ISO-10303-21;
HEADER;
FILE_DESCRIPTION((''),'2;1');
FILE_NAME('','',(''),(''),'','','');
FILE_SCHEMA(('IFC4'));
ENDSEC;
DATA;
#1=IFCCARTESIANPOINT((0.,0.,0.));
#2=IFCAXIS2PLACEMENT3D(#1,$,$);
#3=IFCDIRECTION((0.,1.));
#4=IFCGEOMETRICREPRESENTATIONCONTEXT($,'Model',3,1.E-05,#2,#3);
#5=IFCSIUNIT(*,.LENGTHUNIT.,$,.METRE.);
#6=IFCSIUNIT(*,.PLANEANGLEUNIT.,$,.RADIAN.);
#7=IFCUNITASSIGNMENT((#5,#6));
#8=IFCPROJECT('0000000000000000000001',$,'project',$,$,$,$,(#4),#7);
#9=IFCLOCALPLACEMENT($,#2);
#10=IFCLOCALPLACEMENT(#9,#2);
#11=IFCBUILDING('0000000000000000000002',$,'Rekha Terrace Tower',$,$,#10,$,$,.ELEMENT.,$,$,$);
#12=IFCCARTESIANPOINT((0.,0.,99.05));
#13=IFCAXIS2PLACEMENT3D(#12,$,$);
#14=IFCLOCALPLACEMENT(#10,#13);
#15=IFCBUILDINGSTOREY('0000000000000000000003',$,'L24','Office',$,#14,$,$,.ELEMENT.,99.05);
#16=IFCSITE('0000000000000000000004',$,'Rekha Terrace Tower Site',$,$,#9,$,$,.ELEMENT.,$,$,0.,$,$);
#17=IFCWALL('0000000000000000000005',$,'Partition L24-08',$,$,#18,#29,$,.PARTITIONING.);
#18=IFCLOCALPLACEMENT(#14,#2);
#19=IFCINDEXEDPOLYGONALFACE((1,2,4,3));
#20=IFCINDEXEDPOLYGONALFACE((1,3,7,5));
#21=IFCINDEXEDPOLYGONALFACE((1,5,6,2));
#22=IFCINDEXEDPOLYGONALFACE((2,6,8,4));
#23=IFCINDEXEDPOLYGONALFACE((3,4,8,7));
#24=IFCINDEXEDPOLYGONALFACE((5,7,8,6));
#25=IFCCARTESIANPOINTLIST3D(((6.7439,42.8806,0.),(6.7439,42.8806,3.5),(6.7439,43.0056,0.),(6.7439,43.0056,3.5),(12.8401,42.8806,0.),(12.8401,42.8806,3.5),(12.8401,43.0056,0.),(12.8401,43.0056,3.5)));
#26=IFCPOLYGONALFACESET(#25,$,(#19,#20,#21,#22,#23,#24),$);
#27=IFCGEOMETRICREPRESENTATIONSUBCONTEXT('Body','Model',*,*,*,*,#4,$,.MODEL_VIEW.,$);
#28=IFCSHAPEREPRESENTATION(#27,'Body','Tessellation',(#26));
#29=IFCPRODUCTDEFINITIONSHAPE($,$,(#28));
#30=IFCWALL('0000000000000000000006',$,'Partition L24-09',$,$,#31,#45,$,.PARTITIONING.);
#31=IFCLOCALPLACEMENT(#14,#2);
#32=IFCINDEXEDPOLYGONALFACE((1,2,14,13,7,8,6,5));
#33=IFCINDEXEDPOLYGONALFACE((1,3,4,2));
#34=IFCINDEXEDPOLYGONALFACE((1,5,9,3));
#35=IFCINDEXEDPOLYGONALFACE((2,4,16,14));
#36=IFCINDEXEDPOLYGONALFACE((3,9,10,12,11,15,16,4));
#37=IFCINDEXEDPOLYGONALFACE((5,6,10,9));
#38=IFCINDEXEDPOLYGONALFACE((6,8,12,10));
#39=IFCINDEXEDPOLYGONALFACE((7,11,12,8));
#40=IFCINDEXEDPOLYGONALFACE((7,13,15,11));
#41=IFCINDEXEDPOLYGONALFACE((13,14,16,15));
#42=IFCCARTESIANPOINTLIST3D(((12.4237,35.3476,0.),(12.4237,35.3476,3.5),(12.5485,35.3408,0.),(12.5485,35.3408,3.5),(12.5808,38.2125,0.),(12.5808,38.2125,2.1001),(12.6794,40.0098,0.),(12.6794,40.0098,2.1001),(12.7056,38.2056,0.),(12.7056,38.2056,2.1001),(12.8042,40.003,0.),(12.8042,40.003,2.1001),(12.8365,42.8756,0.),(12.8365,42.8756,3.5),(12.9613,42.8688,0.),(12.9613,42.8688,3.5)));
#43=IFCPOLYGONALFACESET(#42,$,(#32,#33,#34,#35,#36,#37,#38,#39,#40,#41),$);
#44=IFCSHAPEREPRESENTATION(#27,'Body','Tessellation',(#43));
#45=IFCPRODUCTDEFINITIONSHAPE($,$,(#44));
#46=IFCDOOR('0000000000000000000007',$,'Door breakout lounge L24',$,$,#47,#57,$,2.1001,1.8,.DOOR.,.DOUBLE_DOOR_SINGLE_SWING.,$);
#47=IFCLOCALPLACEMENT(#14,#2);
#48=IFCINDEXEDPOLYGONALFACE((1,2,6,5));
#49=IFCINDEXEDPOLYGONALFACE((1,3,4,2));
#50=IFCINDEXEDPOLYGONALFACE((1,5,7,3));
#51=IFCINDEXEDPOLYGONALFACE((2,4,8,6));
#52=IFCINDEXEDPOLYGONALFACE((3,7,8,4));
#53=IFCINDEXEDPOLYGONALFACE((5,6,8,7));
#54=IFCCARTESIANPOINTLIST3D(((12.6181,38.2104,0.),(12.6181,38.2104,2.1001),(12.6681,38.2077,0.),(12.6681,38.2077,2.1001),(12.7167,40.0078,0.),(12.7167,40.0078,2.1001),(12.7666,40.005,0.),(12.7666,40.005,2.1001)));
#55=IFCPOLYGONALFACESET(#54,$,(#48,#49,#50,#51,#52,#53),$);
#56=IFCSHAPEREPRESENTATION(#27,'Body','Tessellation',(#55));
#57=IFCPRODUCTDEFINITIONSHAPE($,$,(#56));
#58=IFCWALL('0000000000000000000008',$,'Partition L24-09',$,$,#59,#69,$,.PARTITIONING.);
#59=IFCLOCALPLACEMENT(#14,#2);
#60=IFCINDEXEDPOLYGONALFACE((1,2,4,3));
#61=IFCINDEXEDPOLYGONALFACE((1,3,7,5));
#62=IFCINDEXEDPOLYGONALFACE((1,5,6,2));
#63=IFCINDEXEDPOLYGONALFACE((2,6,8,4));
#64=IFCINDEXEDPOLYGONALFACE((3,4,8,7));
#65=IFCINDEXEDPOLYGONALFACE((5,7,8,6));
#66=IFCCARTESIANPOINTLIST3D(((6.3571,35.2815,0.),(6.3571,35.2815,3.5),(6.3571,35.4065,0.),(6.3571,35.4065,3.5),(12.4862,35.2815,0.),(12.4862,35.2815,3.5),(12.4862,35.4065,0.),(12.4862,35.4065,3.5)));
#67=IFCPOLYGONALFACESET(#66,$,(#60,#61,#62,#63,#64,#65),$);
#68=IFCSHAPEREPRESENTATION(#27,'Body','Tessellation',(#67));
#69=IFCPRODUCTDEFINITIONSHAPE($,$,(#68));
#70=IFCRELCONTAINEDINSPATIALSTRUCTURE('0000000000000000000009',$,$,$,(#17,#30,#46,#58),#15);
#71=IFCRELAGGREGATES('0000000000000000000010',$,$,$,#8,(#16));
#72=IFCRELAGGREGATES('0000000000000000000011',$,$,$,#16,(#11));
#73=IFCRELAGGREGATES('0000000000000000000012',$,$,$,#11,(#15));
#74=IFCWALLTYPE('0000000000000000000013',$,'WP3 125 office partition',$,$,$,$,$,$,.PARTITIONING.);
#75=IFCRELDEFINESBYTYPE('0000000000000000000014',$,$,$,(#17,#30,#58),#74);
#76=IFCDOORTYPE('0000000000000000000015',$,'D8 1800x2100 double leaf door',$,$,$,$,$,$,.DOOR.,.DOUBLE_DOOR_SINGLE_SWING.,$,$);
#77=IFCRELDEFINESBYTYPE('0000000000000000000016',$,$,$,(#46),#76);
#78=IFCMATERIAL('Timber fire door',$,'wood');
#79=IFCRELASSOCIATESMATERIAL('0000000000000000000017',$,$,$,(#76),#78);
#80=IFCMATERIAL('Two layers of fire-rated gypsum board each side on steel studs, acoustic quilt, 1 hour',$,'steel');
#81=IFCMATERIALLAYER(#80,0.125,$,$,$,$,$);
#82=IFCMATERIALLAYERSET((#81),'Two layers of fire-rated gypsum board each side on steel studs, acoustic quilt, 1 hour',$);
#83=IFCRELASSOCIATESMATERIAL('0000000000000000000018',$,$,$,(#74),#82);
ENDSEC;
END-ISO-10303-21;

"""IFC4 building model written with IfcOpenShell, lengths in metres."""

from ifc_helpers import new_model, si_unit, direction, frame, frame_2d, origin, place, context, subcontext, project, spatial, rectangle, extrude, material, layer, layer_set, type_object, element, fill, save


model = new_model("IFC4")

# Units and contexts
model_context = context("Model", 3, precision=1e-05, world=origin(), true_north=direction((0.0, 1.0)))
body_context = subcontext(model_context, "Body", "Model", "MODEL_VIEW")
ifc_project = project(units=[si_unit("LENGTHUNIT", "METRE"), si_unit("PLANEANGLEUNIT", "RADIAN")], contexts=[model_context])

# Site, building, storey
site_placement = place(None, origin())
site = spatial("IfcSite", under=ifc_project, at=site_placement, Name="Rekha Terrace Tower Site", CompositionType="ELEMENT", RefElevation=0.0)
building_placement = place(site_placement, origin())
building = spatial("IfcBuilding", under=site, at=building_placement, Name="Rekha Terrace Tower", CompositionType="ELEMENT")
storey_placement = place(building_placement, frame((0.0, 0.0, 99.05)))
storey = spatial("IfcBuildingStorey", under=building, at=storey_placement, Name="L24", Description="Office", CompositionType="ELEMENT", Elevation=99.05)

# Shared definitions
ifc_material_1 = material(Name="Timber fire door", Category="wood")
door_type = type_object("IfcDoorType", Name="D8 1800x2100 double leaf door", OperationType="DOUBLE_DOOR_SINGLE_SWING", PredefinedType="DOOR", material=ifc_material_1)

# Wall
ifc_material_2 = material(Name="Two layers of fire-rated gypsum board each side on steel studs, acoustic quilt, 1 hour", Category="steel")
ifc_layer_1 = layer(ifc_material_2, 0.125)
ifc_layer_set_1 = layer_set([ifc_layer_1], Name="Two layers of fire-rated gypsum board each side on steel studs, acoustic quilt, 1 hour")
wall_type_1 = type_object("IfcWallType", Name="WP3 125 office partition", PredefinedType="PARTITIONING", material=ifc_layer_set_1)
wall_1_placement = place(storey_placement, frame((12.8401, 42.9431, 0.0), z_axis=(0.0, 0.0, 1.0), x_axis=(-1.0, 0.0, 0.0)))
element("IfcWall", 1, at=wall_1_placement, inside=storey, type_object=wall_type_1, Name="Partition L24-08", PredefinedType="PARTITIONING", context=body_context, shape_type="SweptSolid", body=[
    extrude(rectangle(XDim=6.0962, YDim=0.125, at=frame_2d((3.0481, 0.0))), origin(), (0.0, 0.0, 1.0), 3.5),
])

# Wall, opening, door
wall_2_placement = place(storey_placement, frame((12.8989, 42.8721, 0.0), z_axis=(0.0, 0.0, 1.0), x_axis=(-0.054758, -0.9985, 0.0)))
wall_2 = element("IfcWall", 2, at=wall_2_placement, inside=storey, type_object=wall_type_1, Name="Partition L24-09", PredefinedType="PARTITIONING", context=body_context, shape_type="SweptSolid", body=[
    extrude(rectangle(XDim=7.5393, YDim=0.125, at=frame_2d((3.7695, 0.0))), origin(), (0.0, 0.0, 1.0), 3.5),
])
opening_1_placement = place(wall_2_placement, frame((2.8701, 0.0, 0.0)))
opening_1 = element("IfcOpeningElement", 3, at=opening_1_placement, cuts=wall_2, PredefinedType="OPENING", context=body_context, shape_type="SweptSolid", body=[
    extrude(rectangle(XDim=1.8, YDim=2.1001, at=frame_2d((0.8999, 1.05))), frame((0.0, 0.0725, 0.0), z_axis=(0.0, -1.0, 0.0), x_axis=(1.0, 0.0, 0.0)), (0.0, 0.0, 1.0), 0.145),
])
door_1_placement = place(opening_1_placement, origin())
door_1 = element("IfcDoor", 4, at=door_1_placement, inside=storey, type_object=door_type, Name="Door breakout lounge L24", OperationType="DOUBLE_DOOR_SINGLE_SWING", OverallHeight=2.1001, OverallWidth=1.8, PredefinedType="DOOR", context=body_context, shape_type="SweptSolid", body=[
    extrude(rectangle(XDim=1.8, YDim=2.1001, at=frame_2d((0.8999, 1.05))), frame((0.0, 0.0249, 0.0), z_axis=(0.0, -1.0, 0.0), x_axis=(1.0, 0.0, 0.0)), (0.0, 0.0, 1.0), 0.05),
])
fill(opening_1, door_1)

# Wall
wall_3_placement = place(storey_placement, frame((12.4861, 35.344, 0.0), z_axis=(0.0, 0.0, 1.0), x_axis=(-1.0, 0.0, 0.0)))
element("IfcWall", 5, at=wall_3_placement, inside=storey, type_object=wall_type_1, Name="Partition L24-09", PredefinedType="PARTITIONING", context=body_context, shape_type="SweptSolid", body=[
    extrude(rectangle(XDim=6.1292, YDim=0.125, at=frame_2d((3.0645, 0.0))), origin(), (0.0, 0.0, 1.0), 3.5),
])

save(model, "model.ifc")
